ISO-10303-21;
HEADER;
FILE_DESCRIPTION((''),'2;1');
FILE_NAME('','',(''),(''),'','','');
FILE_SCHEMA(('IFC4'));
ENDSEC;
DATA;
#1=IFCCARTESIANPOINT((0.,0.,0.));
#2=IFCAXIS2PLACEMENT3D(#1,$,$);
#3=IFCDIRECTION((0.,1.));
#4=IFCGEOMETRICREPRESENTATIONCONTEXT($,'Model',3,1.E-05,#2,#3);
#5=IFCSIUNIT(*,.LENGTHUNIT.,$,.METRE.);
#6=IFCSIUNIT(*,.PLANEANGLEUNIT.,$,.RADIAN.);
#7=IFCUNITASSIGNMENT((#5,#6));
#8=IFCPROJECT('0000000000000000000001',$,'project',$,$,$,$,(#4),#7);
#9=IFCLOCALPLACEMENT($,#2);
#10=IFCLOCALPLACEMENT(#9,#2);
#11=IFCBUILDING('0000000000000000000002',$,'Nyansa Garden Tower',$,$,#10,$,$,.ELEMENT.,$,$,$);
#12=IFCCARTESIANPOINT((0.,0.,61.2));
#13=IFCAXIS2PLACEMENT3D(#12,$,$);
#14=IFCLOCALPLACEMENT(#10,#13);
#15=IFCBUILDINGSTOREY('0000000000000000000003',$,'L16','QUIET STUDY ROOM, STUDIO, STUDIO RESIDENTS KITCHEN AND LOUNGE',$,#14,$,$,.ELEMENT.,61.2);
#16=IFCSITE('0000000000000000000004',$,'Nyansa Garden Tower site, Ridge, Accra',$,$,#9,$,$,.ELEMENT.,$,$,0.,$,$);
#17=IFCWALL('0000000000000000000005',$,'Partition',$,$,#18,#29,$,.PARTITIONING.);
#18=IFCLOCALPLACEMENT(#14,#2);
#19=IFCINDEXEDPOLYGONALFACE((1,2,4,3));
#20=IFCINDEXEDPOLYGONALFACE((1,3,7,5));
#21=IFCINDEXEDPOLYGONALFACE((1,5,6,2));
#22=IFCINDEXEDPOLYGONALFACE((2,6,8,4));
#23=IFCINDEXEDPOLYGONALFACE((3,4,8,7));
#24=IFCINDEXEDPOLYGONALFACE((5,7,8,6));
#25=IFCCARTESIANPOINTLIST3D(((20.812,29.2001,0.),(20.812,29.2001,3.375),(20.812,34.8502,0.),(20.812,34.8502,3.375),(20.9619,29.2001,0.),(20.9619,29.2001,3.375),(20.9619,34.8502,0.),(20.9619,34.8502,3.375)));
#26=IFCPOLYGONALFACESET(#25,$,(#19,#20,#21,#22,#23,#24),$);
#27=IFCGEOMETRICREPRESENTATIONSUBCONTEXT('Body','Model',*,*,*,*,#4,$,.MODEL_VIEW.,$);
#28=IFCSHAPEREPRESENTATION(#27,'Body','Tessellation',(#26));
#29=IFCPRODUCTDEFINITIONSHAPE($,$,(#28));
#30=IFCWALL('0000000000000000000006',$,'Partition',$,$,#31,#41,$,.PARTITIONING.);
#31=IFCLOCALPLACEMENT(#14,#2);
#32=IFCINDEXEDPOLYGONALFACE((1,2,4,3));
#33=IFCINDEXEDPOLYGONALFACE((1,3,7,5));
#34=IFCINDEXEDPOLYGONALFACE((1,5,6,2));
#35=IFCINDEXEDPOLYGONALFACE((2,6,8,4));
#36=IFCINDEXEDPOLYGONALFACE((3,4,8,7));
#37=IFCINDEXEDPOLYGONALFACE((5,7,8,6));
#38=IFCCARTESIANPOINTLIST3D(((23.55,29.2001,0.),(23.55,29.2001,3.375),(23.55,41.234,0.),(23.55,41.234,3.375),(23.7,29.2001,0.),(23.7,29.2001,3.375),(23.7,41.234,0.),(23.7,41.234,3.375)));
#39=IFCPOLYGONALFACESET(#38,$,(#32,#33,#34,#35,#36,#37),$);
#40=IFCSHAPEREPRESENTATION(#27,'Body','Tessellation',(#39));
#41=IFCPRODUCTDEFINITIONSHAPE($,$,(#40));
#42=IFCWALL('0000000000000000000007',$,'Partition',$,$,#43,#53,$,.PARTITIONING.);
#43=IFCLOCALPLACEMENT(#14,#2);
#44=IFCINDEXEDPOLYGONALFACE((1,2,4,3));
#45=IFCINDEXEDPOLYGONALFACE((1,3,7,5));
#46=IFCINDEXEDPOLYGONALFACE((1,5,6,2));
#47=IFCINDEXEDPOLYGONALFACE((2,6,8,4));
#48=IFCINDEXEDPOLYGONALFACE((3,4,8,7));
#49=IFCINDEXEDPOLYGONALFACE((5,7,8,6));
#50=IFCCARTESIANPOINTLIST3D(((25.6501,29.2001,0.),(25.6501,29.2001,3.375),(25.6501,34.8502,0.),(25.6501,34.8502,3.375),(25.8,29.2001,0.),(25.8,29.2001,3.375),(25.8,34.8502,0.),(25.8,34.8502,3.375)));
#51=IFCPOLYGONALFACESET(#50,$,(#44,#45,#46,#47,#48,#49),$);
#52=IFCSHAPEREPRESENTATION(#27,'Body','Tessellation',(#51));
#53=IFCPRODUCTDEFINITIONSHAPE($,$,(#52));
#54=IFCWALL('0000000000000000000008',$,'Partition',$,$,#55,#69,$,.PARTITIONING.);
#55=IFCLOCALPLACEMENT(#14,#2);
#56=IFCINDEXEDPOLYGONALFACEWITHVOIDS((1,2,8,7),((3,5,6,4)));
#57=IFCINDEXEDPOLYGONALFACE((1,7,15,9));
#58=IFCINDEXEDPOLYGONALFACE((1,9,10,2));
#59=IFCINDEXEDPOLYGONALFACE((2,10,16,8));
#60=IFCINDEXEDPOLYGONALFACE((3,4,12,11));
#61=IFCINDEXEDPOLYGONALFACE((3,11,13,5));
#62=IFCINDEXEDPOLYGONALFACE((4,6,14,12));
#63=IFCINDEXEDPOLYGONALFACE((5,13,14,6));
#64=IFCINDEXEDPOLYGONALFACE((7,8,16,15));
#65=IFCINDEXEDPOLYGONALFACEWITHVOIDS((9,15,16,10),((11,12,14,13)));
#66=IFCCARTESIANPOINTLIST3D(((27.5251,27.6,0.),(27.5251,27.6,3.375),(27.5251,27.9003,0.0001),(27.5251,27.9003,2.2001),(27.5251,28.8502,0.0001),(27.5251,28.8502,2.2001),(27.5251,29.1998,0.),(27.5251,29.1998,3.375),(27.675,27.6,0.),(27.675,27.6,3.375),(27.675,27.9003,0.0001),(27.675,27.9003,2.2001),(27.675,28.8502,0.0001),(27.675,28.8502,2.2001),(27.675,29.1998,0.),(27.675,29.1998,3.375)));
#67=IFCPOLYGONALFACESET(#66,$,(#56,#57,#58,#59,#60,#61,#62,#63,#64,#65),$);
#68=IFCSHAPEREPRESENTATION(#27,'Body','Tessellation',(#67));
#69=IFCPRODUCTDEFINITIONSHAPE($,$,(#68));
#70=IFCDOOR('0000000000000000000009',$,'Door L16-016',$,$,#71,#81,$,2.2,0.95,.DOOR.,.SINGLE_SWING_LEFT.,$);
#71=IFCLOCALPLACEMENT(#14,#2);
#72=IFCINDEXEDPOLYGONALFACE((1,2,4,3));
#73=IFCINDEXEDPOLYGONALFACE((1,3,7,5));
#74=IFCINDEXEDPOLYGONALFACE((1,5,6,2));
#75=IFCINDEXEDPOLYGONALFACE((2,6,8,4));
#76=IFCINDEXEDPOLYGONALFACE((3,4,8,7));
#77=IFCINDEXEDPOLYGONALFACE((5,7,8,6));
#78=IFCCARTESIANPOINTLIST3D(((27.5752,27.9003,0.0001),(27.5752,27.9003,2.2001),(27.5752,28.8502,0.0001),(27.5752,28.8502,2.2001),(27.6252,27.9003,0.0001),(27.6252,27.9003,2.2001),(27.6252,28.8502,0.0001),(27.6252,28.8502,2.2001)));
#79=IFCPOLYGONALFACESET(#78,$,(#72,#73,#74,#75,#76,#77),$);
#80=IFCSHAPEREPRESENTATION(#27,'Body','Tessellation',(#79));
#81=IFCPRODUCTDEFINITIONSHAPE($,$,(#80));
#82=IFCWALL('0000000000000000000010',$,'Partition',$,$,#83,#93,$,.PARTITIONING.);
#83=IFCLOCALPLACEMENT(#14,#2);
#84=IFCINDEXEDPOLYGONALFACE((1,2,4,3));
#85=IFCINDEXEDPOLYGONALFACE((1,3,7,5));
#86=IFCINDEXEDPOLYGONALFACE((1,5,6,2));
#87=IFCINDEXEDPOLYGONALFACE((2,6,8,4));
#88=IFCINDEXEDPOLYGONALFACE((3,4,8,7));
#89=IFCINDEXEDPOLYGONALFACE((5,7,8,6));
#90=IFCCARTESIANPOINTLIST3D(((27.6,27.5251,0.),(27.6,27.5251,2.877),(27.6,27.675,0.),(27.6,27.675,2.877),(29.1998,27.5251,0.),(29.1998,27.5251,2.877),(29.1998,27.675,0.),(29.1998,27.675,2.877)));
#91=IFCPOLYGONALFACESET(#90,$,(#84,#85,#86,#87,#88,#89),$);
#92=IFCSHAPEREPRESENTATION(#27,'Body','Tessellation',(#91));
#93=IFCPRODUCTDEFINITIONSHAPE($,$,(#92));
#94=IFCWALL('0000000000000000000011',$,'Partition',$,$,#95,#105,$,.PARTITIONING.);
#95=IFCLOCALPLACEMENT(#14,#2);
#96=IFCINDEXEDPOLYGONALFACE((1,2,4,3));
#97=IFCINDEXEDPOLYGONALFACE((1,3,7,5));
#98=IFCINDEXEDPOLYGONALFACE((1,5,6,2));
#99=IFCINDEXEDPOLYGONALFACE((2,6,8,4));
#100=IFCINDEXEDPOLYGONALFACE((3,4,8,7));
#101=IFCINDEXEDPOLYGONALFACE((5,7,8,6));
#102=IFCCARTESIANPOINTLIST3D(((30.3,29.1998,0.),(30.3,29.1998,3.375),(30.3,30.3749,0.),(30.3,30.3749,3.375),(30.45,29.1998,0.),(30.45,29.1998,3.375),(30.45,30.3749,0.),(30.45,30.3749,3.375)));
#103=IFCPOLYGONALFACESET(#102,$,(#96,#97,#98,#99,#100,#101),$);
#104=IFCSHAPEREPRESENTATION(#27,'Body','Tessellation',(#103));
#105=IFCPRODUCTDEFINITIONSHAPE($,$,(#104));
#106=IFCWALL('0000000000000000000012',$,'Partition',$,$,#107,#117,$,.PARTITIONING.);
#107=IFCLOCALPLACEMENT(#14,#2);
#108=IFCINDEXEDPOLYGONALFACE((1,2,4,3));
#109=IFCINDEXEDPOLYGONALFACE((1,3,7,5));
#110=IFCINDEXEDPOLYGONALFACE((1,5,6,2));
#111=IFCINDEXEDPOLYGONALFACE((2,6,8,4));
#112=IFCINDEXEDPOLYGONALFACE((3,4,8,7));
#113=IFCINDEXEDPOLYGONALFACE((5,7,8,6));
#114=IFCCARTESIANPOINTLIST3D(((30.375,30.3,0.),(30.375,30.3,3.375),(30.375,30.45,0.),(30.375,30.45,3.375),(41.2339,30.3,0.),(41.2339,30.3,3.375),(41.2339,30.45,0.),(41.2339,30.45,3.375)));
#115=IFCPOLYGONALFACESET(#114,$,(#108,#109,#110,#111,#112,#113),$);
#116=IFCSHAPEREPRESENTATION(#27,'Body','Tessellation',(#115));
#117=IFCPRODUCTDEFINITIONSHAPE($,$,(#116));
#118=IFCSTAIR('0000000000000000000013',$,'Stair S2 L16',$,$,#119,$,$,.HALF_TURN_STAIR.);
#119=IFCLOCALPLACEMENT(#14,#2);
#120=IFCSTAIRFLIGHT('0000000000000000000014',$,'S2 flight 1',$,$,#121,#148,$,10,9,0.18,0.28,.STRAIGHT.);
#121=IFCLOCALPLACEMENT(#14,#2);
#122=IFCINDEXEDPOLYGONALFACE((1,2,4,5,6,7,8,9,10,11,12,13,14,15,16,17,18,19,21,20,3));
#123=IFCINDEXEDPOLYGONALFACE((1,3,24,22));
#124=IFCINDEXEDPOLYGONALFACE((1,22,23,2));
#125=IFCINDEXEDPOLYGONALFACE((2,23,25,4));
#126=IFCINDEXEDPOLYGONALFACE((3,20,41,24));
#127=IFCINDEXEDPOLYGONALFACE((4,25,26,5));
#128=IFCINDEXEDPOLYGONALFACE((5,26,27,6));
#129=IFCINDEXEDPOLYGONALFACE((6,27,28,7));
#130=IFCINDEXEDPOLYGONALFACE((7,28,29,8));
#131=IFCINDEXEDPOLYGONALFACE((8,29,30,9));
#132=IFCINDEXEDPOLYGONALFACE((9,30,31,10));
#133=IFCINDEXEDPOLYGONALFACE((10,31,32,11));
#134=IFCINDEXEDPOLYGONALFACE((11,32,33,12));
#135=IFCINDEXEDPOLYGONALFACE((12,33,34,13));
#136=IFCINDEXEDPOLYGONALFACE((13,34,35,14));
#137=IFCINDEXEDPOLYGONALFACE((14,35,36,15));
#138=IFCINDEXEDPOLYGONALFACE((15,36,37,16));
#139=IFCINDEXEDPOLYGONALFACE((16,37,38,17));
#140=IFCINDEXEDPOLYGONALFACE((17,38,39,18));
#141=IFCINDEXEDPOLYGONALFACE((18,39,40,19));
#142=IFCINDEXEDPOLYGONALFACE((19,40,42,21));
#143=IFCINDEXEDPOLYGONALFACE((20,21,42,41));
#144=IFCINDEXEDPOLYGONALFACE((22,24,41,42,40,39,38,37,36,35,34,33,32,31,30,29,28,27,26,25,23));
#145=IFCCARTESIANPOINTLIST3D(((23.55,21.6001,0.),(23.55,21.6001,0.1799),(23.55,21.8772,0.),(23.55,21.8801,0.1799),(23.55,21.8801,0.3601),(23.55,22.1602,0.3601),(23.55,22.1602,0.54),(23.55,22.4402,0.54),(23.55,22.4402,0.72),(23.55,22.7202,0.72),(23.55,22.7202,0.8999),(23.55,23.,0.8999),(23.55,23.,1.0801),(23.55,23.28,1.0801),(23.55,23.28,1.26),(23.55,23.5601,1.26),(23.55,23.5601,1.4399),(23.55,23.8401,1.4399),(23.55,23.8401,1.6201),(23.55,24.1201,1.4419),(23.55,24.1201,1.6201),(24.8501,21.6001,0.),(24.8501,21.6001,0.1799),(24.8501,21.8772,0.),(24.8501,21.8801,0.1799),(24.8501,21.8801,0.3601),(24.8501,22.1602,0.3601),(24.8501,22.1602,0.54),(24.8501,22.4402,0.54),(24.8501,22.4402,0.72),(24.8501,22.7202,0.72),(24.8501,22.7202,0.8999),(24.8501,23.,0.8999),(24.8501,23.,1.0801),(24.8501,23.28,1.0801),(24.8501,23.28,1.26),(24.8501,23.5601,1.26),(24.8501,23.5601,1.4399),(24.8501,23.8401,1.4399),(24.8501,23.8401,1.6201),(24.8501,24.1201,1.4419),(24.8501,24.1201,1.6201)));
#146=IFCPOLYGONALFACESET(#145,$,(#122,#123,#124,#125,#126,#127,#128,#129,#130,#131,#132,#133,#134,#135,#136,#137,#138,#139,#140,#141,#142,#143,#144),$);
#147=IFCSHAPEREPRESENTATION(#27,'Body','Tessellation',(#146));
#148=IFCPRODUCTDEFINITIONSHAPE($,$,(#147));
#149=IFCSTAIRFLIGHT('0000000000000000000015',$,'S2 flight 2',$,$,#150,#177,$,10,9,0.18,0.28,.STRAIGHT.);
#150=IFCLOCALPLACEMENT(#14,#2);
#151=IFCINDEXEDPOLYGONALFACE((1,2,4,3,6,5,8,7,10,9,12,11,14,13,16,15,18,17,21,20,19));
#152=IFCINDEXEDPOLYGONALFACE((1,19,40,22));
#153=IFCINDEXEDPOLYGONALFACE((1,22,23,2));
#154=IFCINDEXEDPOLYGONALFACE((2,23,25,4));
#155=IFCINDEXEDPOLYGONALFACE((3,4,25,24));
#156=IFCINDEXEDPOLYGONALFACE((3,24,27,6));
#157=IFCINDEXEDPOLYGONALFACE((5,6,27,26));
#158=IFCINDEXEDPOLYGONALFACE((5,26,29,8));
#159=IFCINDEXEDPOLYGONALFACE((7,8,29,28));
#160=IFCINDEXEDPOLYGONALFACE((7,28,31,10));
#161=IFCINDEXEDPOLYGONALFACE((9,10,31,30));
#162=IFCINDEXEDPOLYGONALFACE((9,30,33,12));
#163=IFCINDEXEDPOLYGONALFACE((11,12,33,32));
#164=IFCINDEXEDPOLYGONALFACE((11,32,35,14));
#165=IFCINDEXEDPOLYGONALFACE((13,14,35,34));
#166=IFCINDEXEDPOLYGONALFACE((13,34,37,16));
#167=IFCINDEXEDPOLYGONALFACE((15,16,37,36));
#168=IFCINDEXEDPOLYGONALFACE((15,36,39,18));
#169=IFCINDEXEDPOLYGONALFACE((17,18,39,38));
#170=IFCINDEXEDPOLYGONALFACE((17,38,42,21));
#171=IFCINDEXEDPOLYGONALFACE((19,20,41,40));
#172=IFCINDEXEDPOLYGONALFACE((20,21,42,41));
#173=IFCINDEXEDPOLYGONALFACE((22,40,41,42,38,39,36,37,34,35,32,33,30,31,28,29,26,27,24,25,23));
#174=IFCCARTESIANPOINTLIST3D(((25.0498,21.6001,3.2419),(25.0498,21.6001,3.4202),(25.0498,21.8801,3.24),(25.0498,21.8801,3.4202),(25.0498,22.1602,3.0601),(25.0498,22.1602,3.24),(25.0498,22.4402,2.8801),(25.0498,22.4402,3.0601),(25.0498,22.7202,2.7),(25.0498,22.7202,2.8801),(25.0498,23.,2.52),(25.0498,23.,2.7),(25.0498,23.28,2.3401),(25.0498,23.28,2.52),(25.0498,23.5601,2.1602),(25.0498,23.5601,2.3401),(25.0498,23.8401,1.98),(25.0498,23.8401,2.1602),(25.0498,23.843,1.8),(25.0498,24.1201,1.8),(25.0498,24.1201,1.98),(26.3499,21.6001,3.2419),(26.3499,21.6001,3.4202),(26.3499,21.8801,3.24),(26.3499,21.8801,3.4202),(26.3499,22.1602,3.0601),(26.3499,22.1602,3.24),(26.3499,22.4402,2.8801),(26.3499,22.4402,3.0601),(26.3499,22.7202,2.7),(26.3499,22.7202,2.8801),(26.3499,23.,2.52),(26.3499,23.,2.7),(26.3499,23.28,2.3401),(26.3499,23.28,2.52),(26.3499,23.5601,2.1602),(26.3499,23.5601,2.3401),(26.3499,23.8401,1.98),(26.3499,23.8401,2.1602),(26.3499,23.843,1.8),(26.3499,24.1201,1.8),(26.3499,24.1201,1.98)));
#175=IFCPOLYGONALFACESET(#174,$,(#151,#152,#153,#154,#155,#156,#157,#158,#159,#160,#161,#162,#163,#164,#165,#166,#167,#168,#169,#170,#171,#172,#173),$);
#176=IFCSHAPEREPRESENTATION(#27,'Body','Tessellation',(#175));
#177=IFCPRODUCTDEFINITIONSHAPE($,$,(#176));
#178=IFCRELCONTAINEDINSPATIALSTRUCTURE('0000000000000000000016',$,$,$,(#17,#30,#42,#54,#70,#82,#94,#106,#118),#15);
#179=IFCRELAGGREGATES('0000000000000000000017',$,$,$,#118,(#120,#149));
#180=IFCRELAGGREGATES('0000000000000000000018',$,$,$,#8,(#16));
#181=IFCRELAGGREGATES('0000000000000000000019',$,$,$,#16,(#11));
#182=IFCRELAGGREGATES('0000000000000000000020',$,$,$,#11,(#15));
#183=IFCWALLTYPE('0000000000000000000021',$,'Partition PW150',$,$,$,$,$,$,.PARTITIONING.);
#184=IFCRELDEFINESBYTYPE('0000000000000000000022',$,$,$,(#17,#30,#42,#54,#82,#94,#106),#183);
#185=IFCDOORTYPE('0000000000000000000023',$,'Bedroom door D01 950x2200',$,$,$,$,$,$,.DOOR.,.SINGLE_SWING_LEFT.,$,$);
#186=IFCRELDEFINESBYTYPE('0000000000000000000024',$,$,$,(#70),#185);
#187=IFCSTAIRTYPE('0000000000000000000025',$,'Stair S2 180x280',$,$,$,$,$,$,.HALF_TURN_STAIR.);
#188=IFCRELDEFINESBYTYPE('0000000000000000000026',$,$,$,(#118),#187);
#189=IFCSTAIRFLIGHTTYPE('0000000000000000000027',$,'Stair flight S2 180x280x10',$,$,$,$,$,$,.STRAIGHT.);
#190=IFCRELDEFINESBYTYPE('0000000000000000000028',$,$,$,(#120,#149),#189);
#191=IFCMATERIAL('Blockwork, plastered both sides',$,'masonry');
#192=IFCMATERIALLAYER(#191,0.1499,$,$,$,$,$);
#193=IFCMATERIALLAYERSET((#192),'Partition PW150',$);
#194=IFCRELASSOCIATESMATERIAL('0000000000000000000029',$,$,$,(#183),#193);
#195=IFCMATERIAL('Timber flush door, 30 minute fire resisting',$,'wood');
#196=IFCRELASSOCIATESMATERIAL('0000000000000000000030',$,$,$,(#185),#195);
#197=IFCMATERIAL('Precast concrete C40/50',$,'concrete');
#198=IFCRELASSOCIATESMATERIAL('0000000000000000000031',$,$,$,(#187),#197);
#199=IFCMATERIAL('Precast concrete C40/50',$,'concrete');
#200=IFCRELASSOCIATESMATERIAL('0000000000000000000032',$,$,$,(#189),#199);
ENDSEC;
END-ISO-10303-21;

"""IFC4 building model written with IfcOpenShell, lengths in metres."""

from ifc_helpers import new_model, si_unit, direction, frame, frame_2d, origin, place, context, subcontext, project, spatial, polyline, rectangle, outline, extrude, material, layer, layer_set, type_object, element, fill, aggregate, save


model = new_model("IFC4")

# Units and contexts
model_context = context("Model", 3, precision=1e-05, world=origin(), true_north=direction((0.0, 1.0)))
body_context = subcontext(model_context, "Body", "Model", "MODEL_VIEW")
ifc_project = project(units=[si_unit("LENGTHUNIT", "METRE"), si_unit("PLANEANGLEUNIT", "RADIAN")], contexts=[model_context])

# Site, building, storey
site_placement = place(None, origin())
site = spatial("IfcSite", under=ifc_project, at=site_placement, Name="Nyansa Garden Tower site, Ridge, Accra", CompositionType="ELEMENT", RefElevation=0.0)
building_placement = place(site_placement, origin())
building = spatial("IfcBuilding", under=site, at=building_placement, Name="Nyansa Garden Tower", CompositionType="ELEMENT")
storey_placement = place(building_placement, frame((0.0, 0.0, 61.2)))
storey = spatial("IfcBuildingStorey", under=building, at=storey_placement, Name="L16", Description="QUIET STUDY ROOM, STUDIO, STUDIO RESIDENTS KITCHEN AND LOUNGE", CompositionType="ELEMENT", Elevation=61.2)

# Walls
ifc_material_1 = material(Name="Blockwork, plastered both sides", Category="masonry")
ifc_layer_1 = layer(ifc_material_1, 0.1499)
ifc_layer_set_1 = layer_set([ifc_layer_1], Name="Partition PW150")
wall_type_1 = type_object("IfcWallType", Name="Partition PW150", PredefinedType="PARTITIONING", material=ifc_layer_set_1)
wall_1_placement = place(storey_placement, frame((20.887, 29.2, 0.0), z_axis=(0.0, 0.0, 1.0), x_axis=(0.0, 1.0, 0.0)))
element("IfcWall", 1, at=wall_1_placement, inside=storey, type_object=wall_type_1, Name="Partition", PredefinedType="PARTITIONING", context=body_context, shape_type="SweptSolid", body=[
    extrude(rectangle(XDim=5.6501, YDim=0.1499, at=frame_2d((2.8252, 0.0))), origin(), (0.0, 0.0, 1.0), 3.375),
])
wall_2_placement = place(storey_placement, frame((23.625, 29.2, 0.0), z_axis=(0.0, 0.0, 1.0), x_axis=(0.0, 1.0, 0.0)))
element("IfcWall", 2, at=wall_2_placement, inside=storey, type_object=wall_type_1, Name="Partition", PredefinedType="PARTITIONING", context=body_context, shape_type="SweptSolid", body=[
    extrude(rectangle(XDim=12.0339, YDim=0.1499, at=frame_2d((6.0171, 0.0))), origin(), (0.0, 0.0, 1.0), 3.375),
])
wall_3_placement = place(storey_placement, frame((25.7251, 29.2, 0.0), z_axis=(0.0, 0.0, 1.0), x_axis=(0.0, 1.0, 0.0)))
element("IfcWall", 3, at=wall_3_placement, inside=storey, type_object=wall_type_1, Name="Partition", PredefinedType="PARTITIONING", context=body_context, shape_type="SweptSolid", body=[
    extrude(rectangle(XDim=5.6501, YDim=0.1499, at=frame_2d((2.8252, 0.0))), origin(), (0.0, 0.0, 1.0), 3.375),
])

# Wall, opening, door
wall_4_placement = place(storey_placement, frame((27.6001, 27.6001, 0.0), z_axis=(0.0, 0.0, 1.0), x_axis=(0.0, 1.0, 0.0)))
wall_4 = element("IfcWall", 4, at=wall_4_placement, inside=storey, type_object=wall_type_1, Name="Partition", PredefinedType="PARTITIONING", context=body_context, shape_type="SweptSolid", body=[
    extrude(rectangle(XDim=1.5999, YDim=0.1499, at=frame_2d((0.7998, 0.0))), origin(), (0.0, 0.0, 1.0), 3.375),
])
opening_1_placement = place(wall_4_placement, frame((0.3, 0.0, 0.0)))
opening_1 = element("IfcOpeningElement", 5, at=opening_1_placement, cuts=wall_4, PredefinedType="OPENING", context=body_context, shape_type="SweptSolid", body=[
    extrude(rectangle(XDim=0.95, YDim=2.2, at=frame_2d((0.4751, 1.1001))), frame((0.0, 0.085, 0.0), z_axis=(0.0, -1.0, 0.0), x_axis=(1.0, 0.0, 0.0)), (0.0, 0.0, 1.0), 0.1699),
])
ifc_material_2 = material(Name="Timber flush door, 30 minute fire resisting", Category="wood")
door_type_1 = type_object("IfcDoorType", Name="Bedroom door D01 950x2200", OperationType="SINGLE_SWING_LEFT", PredefinedType="DOOR", material=ifc_material_2)
door_1_placement = place(opening_1_placement, origin())
door_1 = element("IfcDoor", 6, at=door_1_placement, inside=storey, type_object=door_type_1, Name="Door L16-016", OperationType="SINGLE_SWING_LEFT", OverallHeight=2.2, OverallWidth=0.95, PredefinedType="DOOR", context=body_context, shape_type="SweptSolid", body=[
    extrude(rectangle(XDim=0.95, YDim=2.2, at=frame_2d((0.4751, 1.1001))), frame((0.0, 0.0249, 0.0), z_axis=(0.0, -1.0, 0.0), x_axis=(1.0, 0.0, 0.0)), (0.0, 0.0, 1.0), 0.05),
])
fill(opening_1, door_1)

# Walls
wall_5_placement = place(storey_placement, frame((27.6001, 27.6001, 0.0), z_axis=(0.0, 0.0, 1.0), x_axis=(1.0, 0.0, 0.0)))
element("IfcWall", 7, at=wall_5_placement, inside=storey, type_object=wall_type_1, Name="Partition", PredefinedType="PARTITIONING", context=body_context, shape_type="SweptSolid", body=[
    extrude(rectangle(XDim=1.5999, YDim=0.1499, at=frame_2d((0.7998, 0.0))), origin(), (0.0, 0.0, 1.0), 2.877),
])
wall_6_placement = place(storey_placement, frame((30.375, 29.2, 0.0), z_axis=(0.0, 0.0, 1.0), x_axis=(0.0, 1.0, 0.0)))
element("IfcWall", 8, at=wall_6_placement, inside=storey, type_object=wall_type_1, Name="Partition", PredefinedType="PARTITIONING", context=body_context, shape_type="SweptSolid", body=[
    extrude(rectangle(XDim=1.175, YDim=0.1499, at=frame_2d((0.5874, 0.0))), origin(), (0.0, 0.0, 1.0), 3.375),
])
wall_7_placement = place(storey_placement, frame((30.375, 30.375, 0.0), z_axis=(0.0, 0.0, 1.0), x_axis=(1.0, 0.0, 0.0)))
element("IfcWall", 9, at=wall_7_placement, inside=storey, type_object=wall_type_1, Name="Partition", PredefinedType="PARTITIONING", context=body_context, shape_type="SweptSolid", body=[
    extrude(rectangle(XDim=10.8589, YDim=0.1499, at=frame_2d((5.4294, 0.0))), origin(), (0.0, 0.0, 1.0), 3.375),
])

# Stair, stair flights
ifc_material_3 = material(Name="Precast concrete C40/50", Category="concrete")
stair_type = type_object("IfcStairType", Name="Stair S2 180x280", PredefinedType="HALF_TURN_STAIR", material=ifc_material_3)
stair_placement = place(storey_placement, origin())
stair = element("IfcStair", 10, at=stair_placement, inside=storey, type_object=stair_type, Name="Stair S2 L16", PredefinedType="HALF_TURN_STAIR")
ifc_material_4 = material(Name="Precast concrete C40/50", Category="concrete")
stair_flight_type = type_object("IfcStairFlightType", Name="Stair flight S2 180x280x10", PredefinedType="STRAIGHT", material=ifc_material_4)
stair_flight_1_placement = place(storey_placement, frame((24.2, 21.6001, 0.0), z_axis=(0.0, 0.0, 1.0), x_axis=(0.0, 1.0, 0.0)))
stair_flight_1 = element("IfcStairFlight", 11, at=stair_flight_1_placement, type_object=stair_flight_type, Name="S2 flight 1", NumberOfRisers=10, NumberOfTreads=9, PredefinedType="STRAIGHT", RiserHeight=0.18, TreadLength=0.28, context=body_context, shape_type="SweptSolid", body=[
    extrude(outline(polyline([(0.0, 0.0), (0.0, 0.1799), (0.28, 0.1799), (0.28, 0.3601), (0.5601, 0.3601), (0.5601, 0.54), (0.8401, 0.54), (0.8401, 0.72), (1.1201, 0.72), (1.1201, 0.8999), (1.3999, 0.8999), (1.3999, 1.0801), (1.6799, 1.0801), (1.6799, 1.26), (1.96, 1.26), (1.96, 1.4399), (2.24, 1.4399), (2.24, 1.6201), (2.52, 1.6201), (2.52, 1.8), (2.52, 1.4419), (0.2771, 0.0), (0.0, 0.0)])), frame((0.0, 0.6499, 0.0), z_axis=(0.0, -1.0, 0.0), x_axis=(1.0, 0.0, 0.0)), (0.0, 0.0, 1.0), 1.3),
])
stair_flight_2_placement = place(storey_placement, frame((25.7, 24.1201, 1.8), z_axis=(0.0, 0.0, 1.0), x_axis=(0.0, -1.0, 0.0)))
stair_flight_2 = element("IfcStairFlight", 12, at=stair_flight_2_placement, type_object=stair_flight_type, Name="S2 flight 2", NumberOfRisers=10, NumberOfTreads=9, PredefinedType="STRAIGHT", RiserHeight=0.18, TreadLength=0.28, context=body_context, shape_type="SweptSolid", body=[
    extrude(outline(polyline([(0.0, 0.0), (0.0, 0.1799), (0.28, 0.1799), (0.28, 0.3601), (0.5601, 0.3601), (0.5601, 0.54), (0.8401, 0.54), (0.8401, 0.72), (1.1201, 0.72), (1.1201, 0.8999), (1.3999, 0.8999), (1.3999, 1.0801), (1.6799, 1.0801), (1.6799, 1.26), (1.96, 1.26), (1.96, 1.4399), (2.24, 1.4399), (2.24, 1.6201), (2.52, 1.6201), (2.52, 1.8), (2.52, 1.4419), (0.2771, 0.0), (0.0, 0.0)])), frame((0.0, 0.6499, 0.0), z_axis=(0.0, -1.0, 0.0), x_axis=(1.0, 0.0, 0.0)), (0.0, 0.0, 1.0), 1.3),
])
aggregate(stair, [stair_flight_1, stair_flight_2])

save(model, "model.ifc")
